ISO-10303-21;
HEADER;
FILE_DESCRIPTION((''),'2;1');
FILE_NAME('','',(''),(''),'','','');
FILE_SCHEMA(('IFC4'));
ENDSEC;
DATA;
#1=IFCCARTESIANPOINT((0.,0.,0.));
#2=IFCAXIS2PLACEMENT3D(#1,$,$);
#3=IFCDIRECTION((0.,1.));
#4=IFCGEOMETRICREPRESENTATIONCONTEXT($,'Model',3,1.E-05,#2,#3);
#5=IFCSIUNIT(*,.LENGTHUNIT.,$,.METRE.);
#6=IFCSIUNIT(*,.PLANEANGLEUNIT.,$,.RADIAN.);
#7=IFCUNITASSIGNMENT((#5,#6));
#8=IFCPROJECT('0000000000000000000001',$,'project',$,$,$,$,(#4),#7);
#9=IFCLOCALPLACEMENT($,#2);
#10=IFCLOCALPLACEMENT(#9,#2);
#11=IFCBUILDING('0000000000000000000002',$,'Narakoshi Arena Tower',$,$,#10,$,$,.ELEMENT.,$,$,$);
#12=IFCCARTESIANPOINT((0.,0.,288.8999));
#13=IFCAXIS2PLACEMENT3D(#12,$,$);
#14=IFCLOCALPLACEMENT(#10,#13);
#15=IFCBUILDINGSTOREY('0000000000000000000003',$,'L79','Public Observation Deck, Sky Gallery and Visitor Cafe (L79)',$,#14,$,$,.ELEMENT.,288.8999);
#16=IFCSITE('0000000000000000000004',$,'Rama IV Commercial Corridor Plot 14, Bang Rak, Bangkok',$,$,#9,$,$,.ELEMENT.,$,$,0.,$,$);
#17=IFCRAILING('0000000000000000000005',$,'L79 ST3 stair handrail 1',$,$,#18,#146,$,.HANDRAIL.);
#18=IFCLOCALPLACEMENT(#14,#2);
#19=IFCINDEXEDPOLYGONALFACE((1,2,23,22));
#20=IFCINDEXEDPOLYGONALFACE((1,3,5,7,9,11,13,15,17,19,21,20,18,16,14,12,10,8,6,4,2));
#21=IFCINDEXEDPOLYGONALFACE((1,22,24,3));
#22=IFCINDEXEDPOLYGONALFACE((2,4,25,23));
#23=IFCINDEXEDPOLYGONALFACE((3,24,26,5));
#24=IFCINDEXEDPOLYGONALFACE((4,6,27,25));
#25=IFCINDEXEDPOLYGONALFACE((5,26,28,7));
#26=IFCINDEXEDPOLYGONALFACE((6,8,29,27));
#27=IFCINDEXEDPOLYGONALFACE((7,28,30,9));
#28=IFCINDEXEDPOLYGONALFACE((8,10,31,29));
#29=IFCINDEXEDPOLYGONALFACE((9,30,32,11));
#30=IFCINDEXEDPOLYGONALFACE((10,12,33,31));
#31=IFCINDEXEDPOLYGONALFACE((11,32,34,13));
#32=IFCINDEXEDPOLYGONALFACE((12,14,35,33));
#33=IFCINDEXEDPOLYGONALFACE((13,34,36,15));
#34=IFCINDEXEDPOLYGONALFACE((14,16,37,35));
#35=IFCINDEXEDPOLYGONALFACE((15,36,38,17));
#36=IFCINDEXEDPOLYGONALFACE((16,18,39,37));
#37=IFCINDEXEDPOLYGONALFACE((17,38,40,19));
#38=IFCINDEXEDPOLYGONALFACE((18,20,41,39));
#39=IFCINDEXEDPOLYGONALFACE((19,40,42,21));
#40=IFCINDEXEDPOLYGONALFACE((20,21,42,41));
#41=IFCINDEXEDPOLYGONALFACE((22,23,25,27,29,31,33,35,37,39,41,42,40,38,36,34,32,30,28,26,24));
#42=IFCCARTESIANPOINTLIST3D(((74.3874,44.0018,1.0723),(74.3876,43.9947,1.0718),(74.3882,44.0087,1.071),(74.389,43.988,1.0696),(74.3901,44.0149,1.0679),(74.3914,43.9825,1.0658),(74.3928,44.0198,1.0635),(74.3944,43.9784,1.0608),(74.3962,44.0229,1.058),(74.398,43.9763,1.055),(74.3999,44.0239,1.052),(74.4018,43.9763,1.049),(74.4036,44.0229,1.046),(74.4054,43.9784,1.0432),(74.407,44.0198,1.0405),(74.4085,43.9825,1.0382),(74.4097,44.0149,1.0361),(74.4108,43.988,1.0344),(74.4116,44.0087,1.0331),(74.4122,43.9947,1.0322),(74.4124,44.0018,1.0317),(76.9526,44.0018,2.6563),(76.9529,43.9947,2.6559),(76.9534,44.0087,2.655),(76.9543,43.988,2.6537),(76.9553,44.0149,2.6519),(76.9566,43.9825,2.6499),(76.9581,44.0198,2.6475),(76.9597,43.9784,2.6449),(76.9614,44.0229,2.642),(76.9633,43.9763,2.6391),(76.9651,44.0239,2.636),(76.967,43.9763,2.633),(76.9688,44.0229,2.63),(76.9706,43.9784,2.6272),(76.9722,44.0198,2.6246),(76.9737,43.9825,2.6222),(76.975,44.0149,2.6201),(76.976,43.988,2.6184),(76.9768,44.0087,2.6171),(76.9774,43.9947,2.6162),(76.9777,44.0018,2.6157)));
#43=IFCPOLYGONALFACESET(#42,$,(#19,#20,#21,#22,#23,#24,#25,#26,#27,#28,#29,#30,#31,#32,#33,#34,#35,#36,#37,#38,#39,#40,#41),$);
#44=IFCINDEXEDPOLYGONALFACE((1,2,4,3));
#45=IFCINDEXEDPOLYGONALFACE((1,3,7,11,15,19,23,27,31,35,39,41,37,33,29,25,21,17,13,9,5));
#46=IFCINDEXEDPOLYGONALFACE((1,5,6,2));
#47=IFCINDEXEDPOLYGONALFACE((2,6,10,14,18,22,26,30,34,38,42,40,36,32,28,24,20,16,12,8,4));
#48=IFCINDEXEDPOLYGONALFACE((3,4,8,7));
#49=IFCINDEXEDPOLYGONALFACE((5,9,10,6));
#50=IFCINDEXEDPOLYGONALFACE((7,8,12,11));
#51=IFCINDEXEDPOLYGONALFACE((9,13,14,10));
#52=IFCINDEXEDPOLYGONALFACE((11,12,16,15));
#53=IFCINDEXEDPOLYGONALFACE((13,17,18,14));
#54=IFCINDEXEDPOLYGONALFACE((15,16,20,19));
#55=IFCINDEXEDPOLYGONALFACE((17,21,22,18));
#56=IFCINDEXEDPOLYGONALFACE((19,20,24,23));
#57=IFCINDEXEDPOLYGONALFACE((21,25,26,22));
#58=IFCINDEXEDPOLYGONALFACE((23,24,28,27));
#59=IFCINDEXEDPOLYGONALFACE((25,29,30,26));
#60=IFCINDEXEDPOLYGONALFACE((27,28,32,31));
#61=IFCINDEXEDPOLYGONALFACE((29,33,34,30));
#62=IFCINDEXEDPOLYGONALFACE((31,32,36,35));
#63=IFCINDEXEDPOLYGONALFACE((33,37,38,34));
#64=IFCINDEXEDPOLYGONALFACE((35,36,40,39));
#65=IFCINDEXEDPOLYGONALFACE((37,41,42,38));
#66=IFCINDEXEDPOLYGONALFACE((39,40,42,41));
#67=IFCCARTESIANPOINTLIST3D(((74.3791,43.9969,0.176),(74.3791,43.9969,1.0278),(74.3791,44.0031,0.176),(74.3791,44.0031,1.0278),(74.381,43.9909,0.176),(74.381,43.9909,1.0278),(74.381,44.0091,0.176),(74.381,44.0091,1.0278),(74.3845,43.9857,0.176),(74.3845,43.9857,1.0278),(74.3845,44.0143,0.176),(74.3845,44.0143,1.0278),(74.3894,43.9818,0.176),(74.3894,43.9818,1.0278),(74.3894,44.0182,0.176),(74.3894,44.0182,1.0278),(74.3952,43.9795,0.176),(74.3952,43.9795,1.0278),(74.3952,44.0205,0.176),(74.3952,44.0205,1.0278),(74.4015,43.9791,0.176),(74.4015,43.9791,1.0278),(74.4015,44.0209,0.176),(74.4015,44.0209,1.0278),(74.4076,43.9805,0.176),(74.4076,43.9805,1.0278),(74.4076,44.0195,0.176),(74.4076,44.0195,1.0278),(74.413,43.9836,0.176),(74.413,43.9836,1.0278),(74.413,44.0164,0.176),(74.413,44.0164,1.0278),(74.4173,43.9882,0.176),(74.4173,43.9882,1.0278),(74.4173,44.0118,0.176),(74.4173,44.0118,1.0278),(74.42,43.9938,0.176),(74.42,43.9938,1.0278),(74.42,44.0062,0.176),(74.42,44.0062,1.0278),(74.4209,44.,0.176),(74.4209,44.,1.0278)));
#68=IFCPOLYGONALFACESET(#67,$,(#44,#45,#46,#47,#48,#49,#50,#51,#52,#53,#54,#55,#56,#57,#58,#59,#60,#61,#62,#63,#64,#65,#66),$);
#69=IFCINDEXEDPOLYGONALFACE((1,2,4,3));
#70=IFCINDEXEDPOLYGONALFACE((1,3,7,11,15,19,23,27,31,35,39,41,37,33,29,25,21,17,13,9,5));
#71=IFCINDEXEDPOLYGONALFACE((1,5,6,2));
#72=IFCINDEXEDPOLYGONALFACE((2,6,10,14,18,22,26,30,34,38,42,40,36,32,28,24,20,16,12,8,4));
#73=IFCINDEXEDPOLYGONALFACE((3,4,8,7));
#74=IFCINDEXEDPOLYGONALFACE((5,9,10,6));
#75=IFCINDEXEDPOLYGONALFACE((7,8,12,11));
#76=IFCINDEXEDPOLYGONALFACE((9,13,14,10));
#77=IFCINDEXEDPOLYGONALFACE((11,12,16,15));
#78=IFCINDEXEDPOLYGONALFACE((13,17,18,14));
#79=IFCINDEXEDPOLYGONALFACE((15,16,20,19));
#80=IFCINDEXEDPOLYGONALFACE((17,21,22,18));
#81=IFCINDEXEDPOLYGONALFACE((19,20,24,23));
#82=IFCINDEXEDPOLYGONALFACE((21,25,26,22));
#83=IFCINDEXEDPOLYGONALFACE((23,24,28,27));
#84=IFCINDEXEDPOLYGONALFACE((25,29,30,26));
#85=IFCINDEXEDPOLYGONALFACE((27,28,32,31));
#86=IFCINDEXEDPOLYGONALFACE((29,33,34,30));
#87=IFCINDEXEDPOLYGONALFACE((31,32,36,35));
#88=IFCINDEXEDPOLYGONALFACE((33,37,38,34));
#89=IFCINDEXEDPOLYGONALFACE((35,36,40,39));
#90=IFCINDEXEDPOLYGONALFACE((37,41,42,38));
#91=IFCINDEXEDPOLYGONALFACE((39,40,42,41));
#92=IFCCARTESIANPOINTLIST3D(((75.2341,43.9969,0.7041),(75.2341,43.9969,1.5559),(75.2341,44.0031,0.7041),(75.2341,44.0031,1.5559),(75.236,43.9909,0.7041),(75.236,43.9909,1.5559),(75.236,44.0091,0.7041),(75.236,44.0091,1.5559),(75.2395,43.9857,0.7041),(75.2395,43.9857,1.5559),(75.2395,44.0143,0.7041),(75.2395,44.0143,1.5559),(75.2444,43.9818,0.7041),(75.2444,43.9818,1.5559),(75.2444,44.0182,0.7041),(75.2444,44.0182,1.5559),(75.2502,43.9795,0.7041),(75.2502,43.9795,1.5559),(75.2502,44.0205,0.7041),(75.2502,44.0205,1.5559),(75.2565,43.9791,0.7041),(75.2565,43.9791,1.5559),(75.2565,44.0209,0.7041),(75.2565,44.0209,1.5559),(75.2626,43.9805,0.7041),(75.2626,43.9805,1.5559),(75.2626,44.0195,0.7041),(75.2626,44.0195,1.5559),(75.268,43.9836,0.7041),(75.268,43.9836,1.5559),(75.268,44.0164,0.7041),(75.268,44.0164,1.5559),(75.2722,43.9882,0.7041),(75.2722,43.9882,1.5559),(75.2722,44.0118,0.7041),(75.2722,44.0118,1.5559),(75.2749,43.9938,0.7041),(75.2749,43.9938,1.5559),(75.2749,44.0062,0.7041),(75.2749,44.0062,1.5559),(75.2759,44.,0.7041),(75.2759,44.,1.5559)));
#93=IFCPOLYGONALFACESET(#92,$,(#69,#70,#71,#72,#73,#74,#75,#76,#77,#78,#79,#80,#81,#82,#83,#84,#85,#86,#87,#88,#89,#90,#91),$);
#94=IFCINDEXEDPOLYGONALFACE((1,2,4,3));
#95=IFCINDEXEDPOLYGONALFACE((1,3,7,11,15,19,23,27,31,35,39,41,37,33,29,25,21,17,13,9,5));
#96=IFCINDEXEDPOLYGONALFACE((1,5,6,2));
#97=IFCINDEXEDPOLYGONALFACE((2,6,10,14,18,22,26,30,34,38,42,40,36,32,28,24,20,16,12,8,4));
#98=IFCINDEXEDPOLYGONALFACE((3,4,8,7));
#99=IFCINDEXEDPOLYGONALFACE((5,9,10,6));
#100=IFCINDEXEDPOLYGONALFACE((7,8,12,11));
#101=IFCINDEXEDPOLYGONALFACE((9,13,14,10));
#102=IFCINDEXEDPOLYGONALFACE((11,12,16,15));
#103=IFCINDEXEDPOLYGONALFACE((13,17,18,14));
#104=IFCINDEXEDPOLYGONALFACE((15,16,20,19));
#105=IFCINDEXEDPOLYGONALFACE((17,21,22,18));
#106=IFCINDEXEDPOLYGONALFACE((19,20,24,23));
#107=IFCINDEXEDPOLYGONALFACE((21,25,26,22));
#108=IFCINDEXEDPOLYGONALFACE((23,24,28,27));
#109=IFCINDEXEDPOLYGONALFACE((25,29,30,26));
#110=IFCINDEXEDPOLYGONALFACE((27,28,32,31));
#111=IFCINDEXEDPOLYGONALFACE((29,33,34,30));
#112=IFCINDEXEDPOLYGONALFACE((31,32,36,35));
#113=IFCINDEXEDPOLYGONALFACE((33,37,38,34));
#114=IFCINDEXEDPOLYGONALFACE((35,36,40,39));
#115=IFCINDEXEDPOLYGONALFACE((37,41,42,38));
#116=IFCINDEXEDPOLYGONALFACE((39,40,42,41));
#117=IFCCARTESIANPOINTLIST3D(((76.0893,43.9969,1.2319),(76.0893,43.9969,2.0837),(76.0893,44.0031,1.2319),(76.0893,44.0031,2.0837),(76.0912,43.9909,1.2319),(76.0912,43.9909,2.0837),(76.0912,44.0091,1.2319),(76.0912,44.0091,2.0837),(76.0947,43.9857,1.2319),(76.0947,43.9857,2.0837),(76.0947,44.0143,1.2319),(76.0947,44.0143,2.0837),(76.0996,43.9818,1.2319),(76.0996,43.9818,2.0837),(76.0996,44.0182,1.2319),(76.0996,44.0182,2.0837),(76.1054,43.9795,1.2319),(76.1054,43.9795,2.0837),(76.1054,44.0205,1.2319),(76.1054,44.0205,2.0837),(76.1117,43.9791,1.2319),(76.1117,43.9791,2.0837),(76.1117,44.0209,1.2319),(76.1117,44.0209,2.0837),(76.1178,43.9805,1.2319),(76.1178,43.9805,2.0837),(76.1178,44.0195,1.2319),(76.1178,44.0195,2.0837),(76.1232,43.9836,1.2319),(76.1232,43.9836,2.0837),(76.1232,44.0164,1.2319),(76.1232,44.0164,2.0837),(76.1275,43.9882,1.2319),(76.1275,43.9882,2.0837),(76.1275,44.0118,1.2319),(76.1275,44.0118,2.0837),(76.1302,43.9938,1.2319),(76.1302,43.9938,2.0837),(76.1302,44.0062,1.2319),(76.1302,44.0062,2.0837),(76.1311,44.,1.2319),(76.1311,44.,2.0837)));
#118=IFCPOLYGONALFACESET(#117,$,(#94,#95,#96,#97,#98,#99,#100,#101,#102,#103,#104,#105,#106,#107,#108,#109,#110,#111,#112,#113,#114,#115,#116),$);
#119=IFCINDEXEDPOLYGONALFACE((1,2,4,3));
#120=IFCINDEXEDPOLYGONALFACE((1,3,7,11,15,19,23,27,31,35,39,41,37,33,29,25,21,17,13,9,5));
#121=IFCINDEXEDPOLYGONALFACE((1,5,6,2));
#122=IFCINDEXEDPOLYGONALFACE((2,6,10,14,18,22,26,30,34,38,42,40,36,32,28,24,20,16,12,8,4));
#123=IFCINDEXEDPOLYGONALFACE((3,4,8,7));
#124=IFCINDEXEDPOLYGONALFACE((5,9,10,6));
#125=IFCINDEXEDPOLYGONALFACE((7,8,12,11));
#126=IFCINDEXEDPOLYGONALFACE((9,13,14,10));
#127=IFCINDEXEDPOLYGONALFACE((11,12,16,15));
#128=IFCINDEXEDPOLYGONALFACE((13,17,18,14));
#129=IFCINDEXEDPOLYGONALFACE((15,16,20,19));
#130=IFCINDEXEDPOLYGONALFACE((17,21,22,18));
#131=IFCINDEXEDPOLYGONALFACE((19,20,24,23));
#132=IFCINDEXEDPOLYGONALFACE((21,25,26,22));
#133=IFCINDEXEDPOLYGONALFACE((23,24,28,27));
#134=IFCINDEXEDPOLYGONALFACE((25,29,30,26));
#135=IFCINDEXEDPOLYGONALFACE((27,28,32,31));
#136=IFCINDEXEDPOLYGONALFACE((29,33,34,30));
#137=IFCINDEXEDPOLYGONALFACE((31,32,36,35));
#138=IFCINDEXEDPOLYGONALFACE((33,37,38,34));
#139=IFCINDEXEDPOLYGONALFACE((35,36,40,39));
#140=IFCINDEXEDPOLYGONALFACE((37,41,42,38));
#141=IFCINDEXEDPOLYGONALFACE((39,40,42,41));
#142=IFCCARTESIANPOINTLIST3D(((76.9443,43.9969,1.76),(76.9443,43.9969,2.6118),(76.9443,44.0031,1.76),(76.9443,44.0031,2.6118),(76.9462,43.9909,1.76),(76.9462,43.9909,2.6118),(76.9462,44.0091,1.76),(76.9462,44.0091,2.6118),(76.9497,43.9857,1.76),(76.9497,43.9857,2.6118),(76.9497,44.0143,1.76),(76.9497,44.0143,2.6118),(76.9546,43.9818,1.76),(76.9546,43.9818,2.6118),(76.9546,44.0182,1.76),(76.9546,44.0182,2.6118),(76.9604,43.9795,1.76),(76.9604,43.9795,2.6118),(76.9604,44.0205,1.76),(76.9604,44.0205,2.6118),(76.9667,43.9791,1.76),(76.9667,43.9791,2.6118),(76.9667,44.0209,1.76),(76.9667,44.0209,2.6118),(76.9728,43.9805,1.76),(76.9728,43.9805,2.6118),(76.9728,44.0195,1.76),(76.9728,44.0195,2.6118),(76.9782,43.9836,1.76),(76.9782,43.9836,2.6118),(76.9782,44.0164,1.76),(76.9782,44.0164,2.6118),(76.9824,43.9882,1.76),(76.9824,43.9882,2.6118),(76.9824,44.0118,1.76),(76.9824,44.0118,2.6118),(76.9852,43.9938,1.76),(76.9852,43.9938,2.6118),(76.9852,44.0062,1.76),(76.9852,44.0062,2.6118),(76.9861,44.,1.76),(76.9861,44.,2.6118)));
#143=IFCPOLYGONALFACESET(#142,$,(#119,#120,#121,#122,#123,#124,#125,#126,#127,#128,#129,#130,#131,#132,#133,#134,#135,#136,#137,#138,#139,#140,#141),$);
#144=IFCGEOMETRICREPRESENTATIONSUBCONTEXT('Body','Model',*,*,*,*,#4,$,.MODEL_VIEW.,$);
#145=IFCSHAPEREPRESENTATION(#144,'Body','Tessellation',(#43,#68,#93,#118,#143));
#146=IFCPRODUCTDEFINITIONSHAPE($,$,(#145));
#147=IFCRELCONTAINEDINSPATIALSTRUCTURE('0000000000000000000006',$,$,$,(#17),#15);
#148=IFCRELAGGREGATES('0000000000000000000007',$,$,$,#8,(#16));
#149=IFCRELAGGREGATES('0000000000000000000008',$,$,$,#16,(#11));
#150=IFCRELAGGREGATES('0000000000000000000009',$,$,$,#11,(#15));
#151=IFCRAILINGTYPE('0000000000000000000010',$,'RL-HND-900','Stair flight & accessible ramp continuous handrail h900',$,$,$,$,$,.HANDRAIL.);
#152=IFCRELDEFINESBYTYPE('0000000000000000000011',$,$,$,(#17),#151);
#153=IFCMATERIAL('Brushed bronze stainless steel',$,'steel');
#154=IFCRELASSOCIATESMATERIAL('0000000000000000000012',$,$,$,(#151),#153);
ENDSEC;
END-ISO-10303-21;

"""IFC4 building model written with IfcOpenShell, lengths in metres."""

from ifc_helpers import new_model, si_unit, direction, frame, origin, origin_2d, place, context, subcontext, project, spatial, circle, extrude, material, type_object, element, save


model = new_model("IFC4")

# Units and contexts
model_context = context("Model", 3, precision=1e-05, world=origin(), true_north=direction((0.0, 1.0)))
body_context = subcontext(model_context, "Body", "Model", "MODEL_VIEW")
ifc_project = project(units=[si_unit("LENGTHUNIT", "METRE"), si_unit("PLANEANGLEUNIT", "RADIAN")], contexts=[model_context])

# Site, building, storey
site_placement = place(None, origin())
site = spatial("IfcSite", under=ifc_project, at=site_placement, Name="Rama IV Commercial Corridor Plot 14, Bang Rak, Bangkok", CompositionType="ELEMENT", RefElevation=0.0)
building_placement = place(site_placement, origin())
building = spatial("IfcBuilding", under=site, at=building_placement, Name="Narakoshi Arena Tower", CompositionType="ELEMENT")
storey_placement = place(building_placement, frame((0.0, 0.0, 288.8999)))
storey = spatial("IfcBuildingStorey", under=building, at=storey_placement, Name="L79", Description="Public Observation Deck, Sky Gallery and Visitor Cafe (L79)", CompositionType="ELEMENT", Elevation=288.8999)

# Railing
ifc_material_1 = material(Name="Brushed bronze stainless steel", Category="steel")
railing_type_1 = type_object("IfcRailingType", Name="RL-HND-900", Description="Stair flight & accessible ramp continuous handrail h900", PredefinedType="HANDRAIL", material=ifc_material_1)
railing_1_placement = place(storey_placement, frame((74.3999, 44.0, 0.176)))
element("IfcRailing", 1, at=railing_1_placement, inside=storey, type_object=railing_type_1, Name="L79 ST3 stair handrail 1", PredefinedType="HANDRAIL", context=body_context, shape_type="SweptSolid", body=[
    extrude(circle(Radius=0.0239, at=origin_2d()), frame((0.0, 0.0, 0.876), z_axis=(0.850857, 0.0, 0.525398), x_axis=(0.0, 1.0, 0.0)), (0.0, 0.0, 1.0), 3.0149),
    extrude(circle(Radius=0.021, at=origin_2d()), origin(), (0.0, 0.0, 1.0), 0.8518),
    extrude(circle(Radius=0.021, at=origin_2d()), frame((0.855, 0.0, 0.5281)), (0.0, 0.0, 1.0), 0.8518),
    extrude(circle(Radius=0.021, at=origin_2d()), frame((1.7102, 0.0, 1.0559)), (0.0, 0.0, 1.0), 0.8518),
    extrude(circle(Radius=0.021, at=origin_2d()), frame((2.5652, 0.0, 1.584)), (0.0, 0.0, 1.0), 0.8518),
])

save(model, "model.ifc")
